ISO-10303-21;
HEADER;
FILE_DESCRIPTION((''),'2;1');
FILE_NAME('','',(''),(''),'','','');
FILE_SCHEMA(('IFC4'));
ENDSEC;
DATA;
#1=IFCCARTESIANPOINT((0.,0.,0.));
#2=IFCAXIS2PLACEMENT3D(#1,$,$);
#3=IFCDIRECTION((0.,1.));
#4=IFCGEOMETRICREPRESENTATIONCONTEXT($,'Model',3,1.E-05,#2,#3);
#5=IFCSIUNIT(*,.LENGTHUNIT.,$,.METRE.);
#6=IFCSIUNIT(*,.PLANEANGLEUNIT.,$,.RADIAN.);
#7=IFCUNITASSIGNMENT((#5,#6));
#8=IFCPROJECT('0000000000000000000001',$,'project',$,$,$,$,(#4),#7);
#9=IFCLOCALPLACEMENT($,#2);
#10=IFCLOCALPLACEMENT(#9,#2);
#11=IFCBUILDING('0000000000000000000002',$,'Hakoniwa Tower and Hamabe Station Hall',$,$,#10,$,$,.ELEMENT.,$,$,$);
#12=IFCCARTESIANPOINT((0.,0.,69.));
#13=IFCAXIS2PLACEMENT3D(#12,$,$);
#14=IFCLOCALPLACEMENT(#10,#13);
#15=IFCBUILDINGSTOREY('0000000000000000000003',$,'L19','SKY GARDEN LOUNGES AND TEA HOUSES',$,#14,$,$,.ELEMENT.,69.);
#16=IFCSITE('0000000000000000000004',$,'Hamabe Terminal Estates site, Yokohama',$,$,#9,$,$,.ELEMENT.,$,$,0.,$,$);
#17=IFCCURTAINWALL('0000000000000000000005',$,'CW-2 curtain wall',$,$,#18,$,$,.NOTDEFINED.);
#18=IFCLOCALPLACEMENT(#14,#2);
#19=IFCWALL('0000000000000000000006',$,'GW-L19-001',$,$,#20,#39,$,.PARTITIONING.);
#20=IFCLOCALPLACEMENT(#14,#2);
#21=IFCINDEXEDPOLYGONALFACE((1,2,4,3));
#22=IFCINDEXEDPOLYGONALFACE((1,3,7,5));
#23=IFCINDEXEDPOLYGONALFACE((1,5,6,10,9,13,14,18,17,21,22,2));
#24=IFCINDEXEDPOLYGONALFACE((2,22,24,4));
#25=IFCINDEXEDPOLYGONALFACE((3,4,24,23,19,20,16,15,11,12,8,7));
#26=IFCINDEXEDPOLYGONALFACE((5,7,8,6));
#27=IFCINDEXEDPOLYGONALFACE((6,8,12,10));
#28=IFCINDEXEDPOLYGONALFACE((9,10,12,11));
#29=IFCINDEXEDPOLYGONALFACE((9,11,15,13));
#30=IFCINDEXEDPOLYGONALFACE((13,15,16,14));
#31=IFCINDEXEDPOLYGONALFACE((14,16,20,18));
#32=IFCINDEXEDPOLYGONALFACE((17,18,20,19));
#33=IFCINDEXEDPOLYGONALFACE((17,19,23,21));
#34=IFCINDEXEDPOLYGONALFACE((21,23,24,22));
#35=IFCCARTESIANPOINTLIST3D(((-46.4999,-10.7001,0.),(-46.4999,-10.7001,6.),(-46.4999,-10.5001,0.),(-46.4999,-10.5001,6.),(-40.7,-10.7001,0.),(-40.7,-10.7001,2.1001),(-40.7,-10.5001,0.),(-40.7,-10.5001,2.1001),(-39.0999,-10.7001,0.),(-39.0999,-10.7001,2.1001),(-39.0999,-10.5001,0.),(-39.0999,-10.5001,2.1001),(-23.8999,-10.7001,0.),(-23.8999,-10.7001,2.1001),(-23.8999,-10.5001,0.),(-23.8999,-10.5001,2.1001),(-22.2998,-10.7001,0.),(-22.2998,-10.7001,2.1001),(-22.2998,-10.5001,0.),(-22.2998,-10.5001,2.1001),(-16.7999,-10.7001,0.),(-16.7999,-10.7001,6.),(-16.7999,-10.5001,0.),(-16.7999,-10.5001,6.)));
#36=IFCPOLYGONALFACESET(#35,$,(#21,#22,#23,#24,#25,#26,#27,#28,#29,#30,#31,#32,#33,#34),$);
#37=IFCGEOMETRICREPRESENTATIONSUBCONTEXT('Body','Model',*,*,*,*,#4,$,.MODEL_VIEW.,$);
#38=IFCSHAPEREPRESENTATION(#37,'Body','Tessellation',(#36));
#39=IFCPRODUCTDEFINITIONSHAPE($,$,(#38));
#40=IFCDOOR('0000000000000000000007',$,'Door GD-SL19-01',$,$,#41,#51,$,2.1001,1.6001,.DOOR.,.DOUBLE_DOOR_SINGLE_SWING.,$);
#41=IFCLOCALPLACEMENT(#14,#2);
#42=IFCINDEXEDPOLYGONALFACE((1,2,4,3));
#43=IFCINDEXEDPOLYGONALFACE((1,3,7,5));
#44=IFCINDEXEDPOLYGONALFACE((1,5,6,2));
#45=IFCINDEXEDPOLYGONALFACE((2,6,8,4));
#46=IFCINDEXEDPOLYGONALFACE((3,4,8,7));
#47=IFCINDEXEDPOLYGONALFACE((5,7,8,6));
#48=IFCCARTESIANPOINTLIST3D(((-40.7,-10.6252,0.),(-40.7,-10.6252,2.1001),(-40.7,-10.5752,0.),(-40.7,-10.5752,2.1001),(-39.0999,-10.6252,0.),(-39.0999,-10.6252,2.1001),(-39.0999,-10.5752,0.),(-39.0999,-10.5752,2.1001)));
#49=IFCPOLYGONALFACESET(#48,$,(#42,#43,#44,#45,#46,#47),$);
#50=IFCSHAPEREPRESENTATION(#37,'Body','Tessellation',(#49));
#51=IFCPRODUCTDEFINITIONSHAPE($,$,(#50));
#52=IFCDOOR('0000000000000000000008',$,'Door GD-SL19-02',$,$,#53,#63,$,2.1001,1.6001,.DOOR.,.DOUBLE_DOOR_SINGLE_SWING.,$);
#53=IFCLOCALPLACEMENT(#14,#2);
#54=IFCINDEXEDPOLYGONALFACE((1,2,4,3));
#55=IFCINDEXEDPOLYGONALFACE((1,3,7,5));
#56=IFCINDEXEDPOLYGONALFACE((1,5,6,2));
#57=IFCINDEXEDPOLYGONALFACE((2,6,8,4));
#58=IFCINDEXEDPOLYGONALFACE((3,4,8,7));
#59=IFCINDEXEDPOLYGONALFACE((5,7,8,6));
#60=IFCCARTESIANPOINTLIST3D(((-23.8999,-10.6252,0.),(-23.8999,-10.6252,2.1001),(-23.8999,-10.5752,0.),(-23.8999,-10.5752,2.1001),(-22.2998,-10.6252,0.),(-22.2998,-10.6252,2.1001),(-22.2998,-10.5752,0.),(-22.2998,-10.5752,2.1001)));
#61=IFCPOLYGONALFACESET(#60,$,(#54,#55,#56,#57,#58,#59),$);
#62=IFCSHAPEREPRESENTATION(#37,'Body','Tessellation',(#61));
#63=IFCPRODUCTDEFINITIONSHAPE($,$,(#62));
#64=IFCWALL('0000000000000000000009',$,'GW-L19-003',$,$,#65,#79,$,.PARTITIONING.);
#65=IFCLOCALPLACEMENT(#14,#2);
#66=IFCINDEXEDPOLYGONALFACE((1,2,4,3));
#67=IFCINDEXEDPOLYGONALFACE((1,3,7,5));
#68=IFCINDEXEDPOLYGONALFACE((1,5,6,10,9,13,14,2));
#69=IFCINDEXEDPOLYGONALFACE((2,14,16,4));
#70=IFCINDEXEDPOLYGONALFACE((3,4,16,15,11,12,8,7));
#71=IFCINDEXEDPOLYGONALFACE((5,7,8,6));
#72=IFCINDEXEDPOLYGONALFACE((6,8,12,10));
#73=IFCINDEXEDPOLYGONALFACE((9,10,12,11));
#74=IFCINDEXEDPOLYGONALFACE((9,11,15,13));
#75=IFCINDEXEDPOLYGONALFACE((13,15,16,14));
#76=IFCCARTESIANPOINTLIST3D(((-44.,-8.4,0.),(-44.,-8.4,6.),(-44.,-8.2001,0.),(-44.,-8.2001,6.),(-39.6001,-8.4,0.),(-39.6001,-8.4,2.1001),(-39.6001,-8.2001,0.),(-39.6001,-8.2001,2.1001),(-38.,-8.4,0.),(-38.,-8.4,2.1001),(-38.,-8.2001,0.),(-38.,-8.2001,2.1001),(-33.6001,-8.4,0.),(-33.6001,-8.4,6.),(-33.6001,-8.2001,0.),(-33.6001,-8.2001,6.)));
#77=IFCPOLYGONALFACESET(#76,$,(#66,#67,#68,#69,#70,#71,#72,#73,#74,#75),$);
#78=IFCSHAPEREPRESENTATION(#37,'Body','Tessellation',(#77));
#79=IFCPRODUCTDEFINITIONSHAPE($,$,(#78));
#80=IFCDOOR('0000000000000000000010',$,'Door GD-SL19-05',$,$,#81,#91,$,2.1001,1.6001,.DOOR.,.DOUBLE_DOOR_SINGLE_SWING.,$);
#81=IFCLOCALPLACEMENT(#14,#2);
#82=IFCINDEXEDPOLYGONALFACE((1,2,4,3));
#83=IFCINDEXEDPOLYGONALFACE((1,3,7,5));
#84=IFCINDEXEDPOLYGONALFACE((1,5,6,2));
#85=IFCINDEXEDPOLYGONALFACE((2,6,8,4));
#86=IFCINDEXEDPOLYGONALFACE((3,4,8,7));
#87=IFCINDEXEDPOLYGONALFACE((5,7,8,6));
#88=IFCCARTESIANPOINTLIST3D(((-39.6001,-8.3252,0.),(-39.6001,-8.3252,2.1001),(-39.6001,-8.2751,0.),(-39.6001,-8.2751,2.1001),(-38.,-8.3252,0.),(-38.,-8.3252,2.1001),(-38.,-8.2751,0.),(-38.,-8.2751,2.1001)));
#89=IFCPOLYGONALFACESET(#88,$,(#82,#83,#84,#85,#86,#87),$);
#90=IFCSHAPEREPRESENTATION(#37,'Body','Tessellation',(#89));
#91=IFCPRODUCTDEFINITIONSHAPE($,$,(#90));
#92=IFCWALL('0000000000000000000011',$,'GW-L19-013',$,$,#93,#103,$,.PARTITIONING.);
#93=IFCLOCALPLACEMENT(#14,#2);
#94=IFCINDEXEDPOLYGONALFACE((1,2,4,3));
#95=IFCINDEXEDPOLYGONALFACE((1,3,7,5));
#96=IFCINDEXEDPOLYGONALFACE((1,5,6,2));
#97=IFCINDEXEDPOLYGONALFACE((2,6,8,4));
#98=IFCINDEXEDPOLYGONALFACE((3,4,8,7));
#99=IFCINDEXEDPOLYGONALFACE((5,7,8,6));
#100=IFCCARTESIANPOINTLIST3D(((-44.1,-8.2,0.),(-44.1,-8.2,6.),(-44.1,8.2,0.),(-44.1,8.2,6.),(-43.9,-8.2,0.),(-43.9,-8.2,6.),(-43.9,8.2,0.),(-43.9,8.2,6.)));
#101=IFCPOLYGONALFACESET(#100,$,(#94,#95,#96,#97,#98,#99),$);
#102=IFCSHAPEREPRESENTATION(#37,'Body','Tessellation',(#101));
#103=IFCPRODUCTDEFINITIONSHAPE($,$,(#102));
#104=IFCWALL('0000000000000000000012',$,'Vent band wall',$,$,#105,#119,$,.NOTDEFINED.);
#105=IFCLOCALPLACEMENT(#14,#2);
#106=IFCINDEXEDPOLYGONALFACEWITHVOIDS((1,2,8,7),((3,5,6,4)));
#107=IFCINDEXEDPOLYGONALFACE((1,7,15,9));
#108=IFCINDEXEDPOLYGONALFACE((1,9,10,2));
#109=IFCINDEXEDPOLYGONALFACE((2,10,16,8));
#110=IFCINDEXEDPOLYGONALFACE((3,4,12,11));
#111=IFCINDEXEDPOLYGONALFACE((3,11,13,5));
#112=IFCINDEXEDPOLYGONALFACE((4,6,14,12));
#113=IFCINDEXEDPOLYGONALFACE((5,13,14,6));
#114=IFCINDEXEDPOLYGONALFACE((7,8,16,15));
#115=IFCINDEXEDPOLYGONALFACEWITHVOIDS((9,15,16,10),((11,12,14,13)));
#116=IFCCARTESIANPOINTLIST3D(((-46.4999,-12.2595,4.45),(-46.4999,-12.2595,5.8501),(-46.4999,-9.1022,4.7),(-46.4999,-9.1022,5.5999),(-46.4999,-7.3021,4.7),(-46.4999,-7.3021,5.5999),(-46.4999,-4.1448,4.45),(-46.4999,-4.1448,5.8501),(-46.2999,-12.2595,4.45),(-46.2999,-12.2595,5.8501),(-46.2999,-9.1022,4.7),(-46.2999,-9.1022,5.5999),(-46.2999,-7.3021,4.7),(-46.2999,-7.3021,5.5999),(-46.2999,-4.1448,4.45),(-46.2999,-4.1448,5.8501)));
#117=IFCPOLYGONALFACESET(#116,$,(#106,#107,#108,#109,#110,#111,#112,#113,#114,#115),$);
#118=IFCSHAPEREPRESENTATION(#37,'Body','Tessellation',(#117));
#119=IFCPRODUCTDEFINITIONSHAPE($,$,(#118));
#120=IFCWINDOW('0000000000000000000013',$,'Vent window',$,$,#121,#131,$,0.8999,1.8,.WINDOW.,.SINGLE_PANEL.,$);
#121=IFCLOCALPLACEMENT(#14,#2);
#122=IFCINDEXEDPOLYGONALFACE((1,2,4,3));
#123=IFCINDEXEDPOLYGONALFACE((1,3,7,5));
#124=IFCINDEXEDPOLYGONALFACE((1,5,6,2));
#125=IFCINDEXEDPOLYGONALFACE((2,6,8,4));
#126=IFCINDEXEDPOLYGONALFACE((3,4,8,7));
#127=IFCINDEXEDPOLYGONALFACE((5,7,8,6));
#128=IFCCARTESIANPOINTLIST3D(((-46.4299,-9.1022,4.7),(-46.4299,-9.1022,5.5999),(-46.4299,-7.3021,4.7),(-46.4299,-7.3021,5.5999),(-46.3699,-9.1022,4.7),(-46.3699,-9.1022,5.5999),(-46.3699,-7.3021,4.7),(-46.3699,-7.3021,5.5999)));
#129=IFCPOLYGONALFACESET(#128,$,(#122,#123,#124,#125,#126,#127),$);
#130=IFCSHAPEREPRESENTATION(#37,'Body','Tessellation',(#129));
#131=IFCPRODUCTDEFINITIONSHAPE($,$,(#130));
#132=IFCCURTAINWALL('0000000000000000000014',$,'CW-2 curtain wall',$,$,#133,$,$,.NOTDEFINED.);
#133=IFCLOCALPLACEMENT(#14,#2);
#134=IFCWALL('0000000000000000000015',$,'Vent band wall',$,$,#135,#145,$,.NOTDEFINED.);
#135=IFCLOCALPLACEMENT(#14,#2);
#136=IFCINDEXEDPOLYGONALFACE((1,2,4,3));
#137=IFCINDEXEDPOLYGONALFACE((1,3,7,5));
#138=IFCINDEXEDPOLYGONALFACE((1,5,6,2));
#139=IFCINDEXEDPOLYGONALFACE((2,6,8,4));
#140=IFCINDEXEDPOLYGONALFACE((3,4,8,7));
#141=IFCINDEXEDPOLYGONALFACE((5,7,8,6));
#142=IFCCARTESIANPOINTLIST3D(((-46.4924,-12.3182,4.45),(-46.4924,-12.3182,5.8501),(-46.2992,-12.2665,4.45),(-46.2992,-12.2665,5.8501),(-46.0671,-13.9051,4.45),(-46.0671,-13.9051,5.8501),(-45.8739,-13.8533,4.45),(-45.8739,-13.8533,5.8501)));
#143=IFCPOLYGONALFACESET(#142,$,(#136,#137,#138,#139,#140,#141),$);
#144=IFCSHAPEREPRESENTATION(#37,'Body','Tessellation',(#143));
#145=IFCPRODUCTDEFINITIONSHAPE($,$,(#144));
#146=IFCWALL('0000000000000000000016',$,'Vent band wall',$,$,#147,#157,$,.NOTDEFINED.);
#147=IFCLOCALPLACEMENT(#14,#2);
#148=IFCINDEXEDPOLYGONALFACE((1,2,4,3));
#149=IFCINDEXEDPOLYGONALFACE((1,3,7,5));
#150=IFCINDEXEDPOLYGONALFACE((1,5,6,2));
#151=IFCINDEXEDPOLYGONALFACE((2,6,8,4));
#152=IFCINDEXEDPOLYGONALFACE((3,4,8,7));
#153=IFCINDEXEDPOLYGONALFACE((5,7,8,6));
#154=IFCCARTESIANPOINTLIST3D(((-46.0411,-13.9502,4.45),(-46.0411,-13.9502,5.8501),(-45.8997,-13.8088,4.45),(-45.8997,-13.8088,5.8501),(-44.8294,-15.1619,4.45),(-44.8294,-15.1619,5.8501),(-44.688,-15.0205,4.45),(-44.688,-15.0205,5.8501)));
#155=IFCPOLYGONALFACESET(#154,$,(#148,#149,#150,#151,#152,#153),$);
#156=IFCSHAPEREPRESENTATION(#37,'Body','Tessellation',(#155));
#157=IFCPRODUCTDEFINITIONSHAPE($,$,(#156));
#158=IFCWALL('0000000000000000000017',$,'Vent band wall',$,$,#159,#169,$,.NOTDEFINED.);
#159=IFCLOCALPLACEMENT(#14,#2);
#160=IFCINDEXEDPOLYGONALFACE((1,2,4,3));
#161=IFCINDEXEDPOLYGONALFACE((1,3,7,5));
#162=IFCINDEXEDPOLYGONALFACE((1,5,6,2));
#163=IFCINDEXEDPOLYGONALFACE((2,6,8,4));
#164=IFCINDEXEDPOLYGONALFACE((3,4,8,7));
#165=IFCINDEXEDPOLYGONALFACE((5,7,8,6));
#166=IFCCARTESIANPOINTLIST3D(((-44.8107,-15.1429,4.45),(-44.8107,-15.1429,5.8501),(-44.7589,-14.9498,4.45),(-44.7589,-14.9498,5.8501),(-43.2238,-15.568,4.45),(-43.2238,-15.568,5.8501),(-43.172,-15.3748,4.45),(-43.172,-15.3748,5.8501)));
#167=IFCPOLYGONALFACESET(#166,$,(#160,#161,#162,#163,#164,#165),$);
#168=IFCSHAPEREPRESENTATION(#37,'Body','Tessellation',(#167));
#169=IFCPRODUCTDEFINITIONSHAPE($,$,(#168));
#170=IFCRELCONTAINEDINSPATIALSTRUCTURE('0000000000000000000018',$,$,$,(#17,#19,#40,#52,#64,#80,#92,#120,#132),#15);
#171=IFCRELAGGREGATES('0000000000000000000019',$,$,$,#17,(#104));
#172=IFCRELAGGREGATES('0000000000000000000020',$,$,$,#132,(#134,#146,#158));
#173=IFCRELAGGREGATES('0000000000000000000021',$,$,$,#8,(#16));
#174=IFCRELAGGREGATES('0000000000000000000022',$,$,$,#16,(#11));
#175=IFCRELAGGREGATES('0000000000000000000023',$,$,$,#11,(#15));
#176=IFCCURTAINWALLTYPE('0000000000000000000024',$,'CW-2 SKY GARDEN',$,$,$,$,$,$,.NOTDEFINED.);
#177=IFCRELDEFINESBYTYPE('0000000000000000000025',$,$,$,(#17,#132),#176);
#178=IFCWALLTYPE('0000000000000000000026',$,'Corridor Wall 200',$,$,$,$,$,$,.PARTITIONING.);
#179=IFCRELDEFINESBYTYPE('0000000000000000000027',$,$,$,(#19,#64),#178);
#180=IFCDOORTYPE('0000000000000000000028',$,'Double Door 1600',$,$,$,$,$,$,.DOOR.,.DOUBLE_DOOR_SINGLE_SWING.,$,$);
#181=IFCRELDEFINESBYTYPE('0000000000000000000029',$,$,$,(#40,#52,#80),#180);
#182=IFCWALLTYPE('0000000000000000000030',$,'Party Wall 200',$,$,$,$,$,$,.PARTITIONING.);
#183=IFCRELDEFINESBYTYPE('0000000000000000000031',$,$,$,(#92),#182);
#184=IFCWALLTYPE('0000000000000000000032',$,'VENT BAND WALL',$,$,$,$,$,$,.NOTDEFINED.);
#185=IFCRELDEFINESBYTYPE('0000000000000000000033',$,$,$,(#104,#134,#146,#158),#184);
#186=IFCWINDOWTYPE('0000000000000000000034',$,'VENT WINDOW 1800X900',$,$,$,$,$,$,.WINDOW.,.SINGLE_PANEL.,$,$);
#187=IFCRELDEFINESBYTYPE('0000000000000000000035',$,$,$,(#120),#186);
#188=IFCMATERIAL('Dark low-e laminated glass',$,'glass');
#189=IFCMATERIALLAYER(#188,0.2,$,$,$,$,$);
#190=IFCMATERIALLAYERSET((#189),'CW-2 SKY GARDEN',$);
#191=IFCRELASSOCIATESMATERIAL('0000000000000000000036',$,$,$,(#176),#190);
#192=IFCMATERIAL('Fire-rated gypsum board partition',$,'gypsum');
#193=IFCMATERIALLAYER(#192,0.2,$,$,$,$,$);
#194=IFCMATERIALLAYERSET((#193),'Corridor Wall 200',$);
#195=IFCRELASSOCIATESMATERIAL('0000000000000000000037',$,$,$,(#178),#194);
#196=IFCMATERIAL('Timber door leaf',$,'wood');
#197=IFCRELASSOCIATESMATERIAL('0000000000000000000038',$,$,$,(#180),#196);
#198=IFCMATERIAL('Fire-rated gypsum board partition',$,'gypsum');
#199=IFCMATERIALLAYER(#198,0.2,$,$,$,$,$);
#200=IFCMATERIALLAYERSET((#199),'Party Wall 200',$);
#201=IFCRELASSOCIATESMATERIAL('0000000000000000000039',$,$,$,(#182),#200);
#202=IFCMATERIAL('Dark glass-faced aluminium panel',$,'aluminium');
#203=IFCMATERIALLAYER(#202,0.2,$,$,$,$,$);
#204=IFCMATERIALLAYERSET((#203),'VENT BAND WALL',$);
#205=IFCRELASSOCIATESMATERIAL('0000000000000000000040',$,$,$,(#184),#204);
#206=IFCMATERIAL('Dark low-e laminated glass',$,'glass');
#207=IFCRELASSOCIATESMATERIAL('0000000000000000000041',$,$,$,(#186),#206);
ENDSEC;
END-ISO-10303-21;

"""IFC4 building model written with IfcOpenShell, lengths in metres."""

from ifc_helpers import new_model, si_unit, direction, frame, frame_2d, origin, place, context, subcontext, project, spatial, rectangle, extrude, material, layer, layer_set, type_object, element, fill, aggregate, save


model = new_model("IFC4")

# Units and contexts
model_context = context("Model", 3, precision=1e-05, world=origin(), true_north=direction((0.0, 1.0)))
body_context = subcontext(model_context, "Body", "Model", "MODEL_VIEW")
ifc_project = project(units=[si_unit("LENGTHUNIT", "METRE"), si_unit("PLANEANGLEUNIT", "RADIAN")], contexts=[model_context])

# Site, building, storey
site_placement = place(None, origin())
site = spatial("IfcSite", under=ifc_project, at=site_placement, Name="Hamabe Terminal Estates site, Yokohama", CompositionType="ELEMENT", RefElevation=0.0)
building_placement = place(site_placement, origin())
building = spatial("IfcBuilding", under=site, at=building_placement, Name="Hakoniwa Tower and Hamabe Station Hall", CompositionType="ELEMENT")
storey_placement = place(building_placement, frame((0.0, 0.0, 69.0)))
storey = spatial("IfcBuildingStorey", under=building, at=storey_placement, Name="L19", Description="SKY GARDEN LOUNGES AND TEA HOUSES", CompositionType="ELEMENT", Elevation=69.0)

# Curtain wall
ifc_material_1 = material(Name="Dark low-e laminated glass", Category="glass")
ifc_layer_1 = layer(ifc_material_1, 0.2)
ifc_layer_set_1 = layer_set([ifc_layer_1], Name="CW-2 SKY GARDEN")
curtain_wall_type = type_object("IfcCurtainWallType", Name="CW-2 SKY GARDEN", PredefinedType="NOTDEFINED", material=ifc_layer_set_1)
curtain_wall_1_placement = place(storey_placement, origin())
curtain_wall_1 = element("IfcCurtainWall", 1, at=curtain_wall_1_placement, inside=storey, type_object=curtain_wall_type, Name="CW-2 curtain wall", PredefinedType="NOTDEFINED")

# Wall, openings, doors
ifc_material_2 = material(Name="Fire-rated gypsum board partition", Category="gypsum")
ifc_layer_2 = layer(ifc_material_2, 0.2)
ifc_layer_set_2 = layer_set([ifc_layer_2], Name="Corridor Wall 200")
wall_type_1 = type_object("IfcWallType", Name="Corridor Wall 200", PredefinedType="PARTITIONING", material=ifc_layer_set_2)
wall_1_placement = place(storey_placement, frame((-46.5, -10.6001, 0.0), z_axis=(0.0, 0.0, 1.0), x_axis=(1.0, 0.0, 0.0)))
wall_1 = element("IfcWall", 2, at=wall_1_placement, inside=storey, type_object=wall_type_1, Name="GW-L19-001", PredefinedType="PARTITIONING", context=body_context, shape_type="SweptSolid", body=[
    extrude(rectangle(XDim=29.7, YDim=0.2, at=frame_2d((14.8501, 0.0))), origin(), (0.0, 0.0, 1.0), 6.0),
])
opening_1_placement = place(wall_1_placement, frame((5.8, 0.0, 0.0)))
opening_1 = element("IfcOpeningElement", 3, at=opening_1_placement, cuts=wall_1, PredefinedType="OPENING", context=body_context, shape_type="SweptSolid", body=[
    extrude(rectangle(XDim=1.6001, YDim=2.1001, at=frame_2d((0.8, 1.05))), frame((0.0, 0.1099, 0.0), z_axis=(0.0, -1.0, 0.0), x_axis=(1.0, 0.0, 0.0)), (0.0, 0.0, 1.0), 0.22),
])
opening_2_placement = place(wall_1_placement, frame((22.6001, 0.0, 0.0)))
opening_2 = element("IfcOpeningElement", 4, at=opening_2_placement, cuts=wall_1, PredefinedType="OPENING", context=body_context, shape_type="SweptSolid", body=[
    extrude(rectangle(XDim=1.6001, YDim=2.1001, at=frame_2d((0.8, 1.05))), frame((0.0, 0.1099, 0.0), z_axis=(0.0, -1.0, 0.0), x_axis=(1.0, 0.0, 0.0)), (0.0, 0.0, 1.0), 0.22),
])
ifc_material_3 = material(Name="Timber door leaf", Category="wood")
door_type = type_object("IfcDoorType", Name="Double Door 1600", OperationType="DOUBLE_DOOR_SINGLE_SWING", PredefinedType="DOOR", material=ifc_material_3)
door_1_placement = place(opening_1_placement, origin())
door_1 = element("IfcDoor", 5, at=door_1_placement, inside=storey, type_object=door_type, Name="Door GD-SL19-01", OperationType="DOUBLE_DOOR_SINGLE_SWING", OverallHeight=2.1001, OverallWidth=1.6001, PredefinedType="DOOR", context=body_context, shape_type="SweptSolid", body=[
    extrude(rectangle(XDim=1.6001, YDim=2.1001, at=frame_2d((0.8, 1.05))), frame((0.0, 0.0249, 0.0), z_axis=(0.0, -1.0, 0.0), x_axis=(1.0, 0.0, 0.0)), (0.0, 0.0, 1.0), 0.05),
])
fill(opening_1, door_1)
door_2_placement = place(opening_2_placement, origin())
door_2 = element("IfcDoor", 6, at=door_2_placement, inside=storey, type_object=door_type, Name="Door GD-SL19-02", OperationType="DOUBLE_DOOR_SINGLE_SWING", OverallHeight=2.1001, OverallWidth=1.6001, PredefinedType="DOOR", context=body_context, shape_type="SweptSolid", body=[
    extrude(rectangle(XDim=1.6001, YDim=2.1001, at=frame_2d((0.8, 1.05))), frame((0.0, 0.0249, 0.0), z_axis=(0.0, -1.0, 0.0), x_axis=(1.0, 0.0, 0.0)), (0.0, 0.0, 1.0), 0.05),
])
fill(opening_2, door_2)

# Wall, opening, door
wall_2_placement = place(storey_placement, frame((-44.0, -8.3, 0.0), z_axis=(0.0, 0.0, 1.0), x_axis=(1.0, 0.0, 0.0)))
wall_2 = element("IfcWall", 7, at=wall_2_placement, inside=storey, type_object=wall_type_1, Name="GW-L19-003", PredefinedType="PARTITIONING", context=body_context, shape_type="SweptSolid", body=[
    extrude(rectangle(XDim=10.3999, YDim=0.2, at=frame_2d((5.2, 0.0))), origin(), (0.0, 0.0, 1.0), 6.0),
])
opening_3_placement = place(wall_2_placement, frame((4.3999, 0.0, 0.0)))
opening_3 = element("IfcOpeningElement", 8, at=opening_3_placement, cuts=wall_2, PredefinedType="OPENING", context=body_context, shape_type="SweptSolid", body=[
    extrude(rectangle(XDim=1.6001, YDim=2.1001, at=frame_2d((0.8, 1.05))), frame((0.0, 0.1099, 0.0), z_axis=(0.0, -1.0, 0.0), x_axis=(1.0, 0.0, 0.0)), (0.0, 0.0, 1.0), 0.22),
])
door_3_placement = place(opening_3_placement, origin())
door_3 = element("IfcDoor", 9, at=door_3_placement, inside=storey, type_object=door_type, Name="Door GD-SL19-05", OperationType="DOUBLE_DOOR_SINGLE_SWING", OverallHeight=2.1001, OverallWidth=1.6001, PredefinedType="DOOR", context=body_context, shape_type="SweptSolid", body=[
    extrude(rectangle(XDim=1.6001, YDim=2.1001, at=frame_2d((0.8, 1.05))), frame((0.0, 0.0249, 0.0), z_axis=(0.0, -1.0, 0.0), x_axis=(1.0, 0.0, 0.0)), (0.0, 0.0, 1.0), 0.05),
])
fill(opening_3, door_3)

# Wall
ifc_material_4 = material(Name="Fire-rated gypsum board partition", Category="gypsum")
ifc_layer_3 = layer(ifc_material_4, 0.2)
ifc_layer_set_3 = layer_set([ifc_layer_3], Name="Party Wall 200")
wall_type_2 = type_object("IfcWallType", Name="Party Wall 200", PredefinedType="PARTITIONING", material=ifc_layer_set_3)
wall_3_placement = place(storey_placement, frame((-44.0, -8.2, 0.0), z_axis=(0.0, 0.0, 1.0), x_axis=(0.0, 1.0, 0.0)))
element("IfcWall", 10, at=wall_3_placement, inside=storey, type_object=wall_type_2, Name="GW-L19-013", PredefinedType="PARTITIONING", context=body_context, shape_type="SweptSolid", body=[
    extrude(rectangle(XDim=16.3999, YDim=0.2, at=frame_2d((8.2, 0.0))), origin(), (0.0, 0.0, 1.0), 6.0),
])

# Wall, opening, window
ifc_material_5 = material(Name="Dark glass-faced aluminium panel", Category="aluminium")
ifc_layer_4 = layer(ifc_material_5, 0.2)
ifc_layer_set_4 = layer_set([ifc_layer_4], Name="VENT BAND WALL")
wall_type_3 = type_object("IfcWallType", Name="VENT BAND WALL", PredefinedType="NOTDEFINED", material=ifc_layer_set_4)
wall_4_placement = place(storey_placement, frame((-46.3999, -4.1448, 4.45), z_axis=(0.0, 0.0, 1.0), x_axis=(0.0, -1.0, 0.0)))
wall_4 = element("IfcWall", 11, at=wall_4_placement, type_object=wall_type_3, Name="Vent band wall", PredefinedType="NOTDEFINED", context=body_context, shape_type="SweptSolid", body=[
    extrude(rectangle(XDim=8.1147, YDim=0.2, at=frame_2d((4.0574, 0.0))), origin(), (0.0, 0.0, 1.0), 1.4001),
])
opening_4_placement = place(wall_4_placement, frame((3.1575, 0.0, 0.25)))
opening_4 = element("IfcOpeningElement", 12, at=opening_4_placement, cuts=wall_4, PredefinedType="OPENING", context=body_context, shape_type="SweptSolid", body=[
    extrude(rectangle(XDim=1.8, YDim=0.8999, at=frame_2d((0.8999, 0.45))), frame((0.0, 0.1099, 0.0), z_axis=(0.0, -1.0, 0.0), x_axis=(1.0, 0.0, 0.0)), (0.0, 0.0, 1.0), 0.22),
])
ifc_material_6 = material(Name="Dark low-e laminated glass", Category="glass")
window_type = type_object("IfcWindowType", Name="VENT WINDOW 1800X900", PartitioningType="SINGLE_PANEL", PredefinedType="WINDOW", material=ifc_material_6)
window_1_placement = place(opening_4_placement, origin())
window_1 = element("IfcWindow", 13, at=window_1_placement, inside=storey, type_object=window_type, Name="Vent window", OverallHeight=0.8999, OverallWidth=1.8, PartitioningType="SINGLE_PANEL", PredefinedType="WINDOW", context=body_context, shape_type="SweptSolid", body=[
    extrude(rectangle(XDim=1.8, YDim=0.8999, at=frame_2d((0.8999, 0.45))), frame((0.0, 0.03, 0.0), z_axis=(0.0, -1.0, 0.0), x_axis=(1.0, 0.0, 0.0)), (0.0, 0.0, 1.0), 0.0601),
])
fill(opening_4, window_1)
aggregate(curtain_wall_1, [wall_4])

# Curtain wall, walls
curtain_wall_2_placement = place(storey_placement, origin())
curtain_wall_2 = element("IfcCurtainWall", 14, at=curtain_wall_2_placement, inside=storey, type_object=curtain_wall_type, Name="CW-2 curtain wall", PredefinedType="NOTDEFINED")
wall_5_placement = place(storey_placement, frame((-46.3958, -12.2925, 4.45), z_axis=(0.0, 0.0, 1.0), x_axis=(0.258865, -0.965914, 0.0)))
wall_5 = element("IfcWall", 15, at=wall_5_placement, type_object=wall_type_3, Name="Vent band wall", PredefinedType="NOTDEFINED", context=body_context, shape_type="SweptSolid", body=[
    extrude(rectangle(XDim=1.6428, YDim=0.2, at=frame_2d((0.8213, 0.0))), origin(), (0.0, 0.0, 1.0), 1.4001),
])
wall_6_placement = place(storey_placement, frame((-45.9705, -13.8794, 4.45), z_axis=(0.0, 0.0, 1.0), x_axis=(0.707107, -0.707107, 0.0)))
wall_6 = element("IfcWall", 16, at=wall_6_placement, type_object=wall_type_3, Name="Vent band wall", PredefinedType="NOTDEFINED", context=body_context, shape_type="SweptSolid", body=[
    extrude(rectangle(XDim=1.7136, YDim=0.2, at=frame_2d((0.8569, 0.0))), origin(), (0.0, 0.0, 1.0), 1.4001),
])
wall_7_placement = place(storey_placement, frame((-44.7847, -15.0464, 4.45), z_axis=(0.0, 0.0, 1.0), x_axis=(0.965951, -0.258726, 0.0)))
wall_7 = element("IfcWall", 17, at=wall_7_placement, type_object=wall_type_3, Name="Vent band wall", PredefinedType="NOTDEFINED", context=body_context, shape_type="SweptSolid", body=[
    extrude(rectangle(XDim=1.6428, YDim=0.2, at=frame_2d((0.8213, 0.0))), origin(), (0.0, 0.0, 1.0), 1.4001),
])
aggregate(curtain_wall_2, [wall_5, wall_6, wall_7])

save(model, "model.ifc")
